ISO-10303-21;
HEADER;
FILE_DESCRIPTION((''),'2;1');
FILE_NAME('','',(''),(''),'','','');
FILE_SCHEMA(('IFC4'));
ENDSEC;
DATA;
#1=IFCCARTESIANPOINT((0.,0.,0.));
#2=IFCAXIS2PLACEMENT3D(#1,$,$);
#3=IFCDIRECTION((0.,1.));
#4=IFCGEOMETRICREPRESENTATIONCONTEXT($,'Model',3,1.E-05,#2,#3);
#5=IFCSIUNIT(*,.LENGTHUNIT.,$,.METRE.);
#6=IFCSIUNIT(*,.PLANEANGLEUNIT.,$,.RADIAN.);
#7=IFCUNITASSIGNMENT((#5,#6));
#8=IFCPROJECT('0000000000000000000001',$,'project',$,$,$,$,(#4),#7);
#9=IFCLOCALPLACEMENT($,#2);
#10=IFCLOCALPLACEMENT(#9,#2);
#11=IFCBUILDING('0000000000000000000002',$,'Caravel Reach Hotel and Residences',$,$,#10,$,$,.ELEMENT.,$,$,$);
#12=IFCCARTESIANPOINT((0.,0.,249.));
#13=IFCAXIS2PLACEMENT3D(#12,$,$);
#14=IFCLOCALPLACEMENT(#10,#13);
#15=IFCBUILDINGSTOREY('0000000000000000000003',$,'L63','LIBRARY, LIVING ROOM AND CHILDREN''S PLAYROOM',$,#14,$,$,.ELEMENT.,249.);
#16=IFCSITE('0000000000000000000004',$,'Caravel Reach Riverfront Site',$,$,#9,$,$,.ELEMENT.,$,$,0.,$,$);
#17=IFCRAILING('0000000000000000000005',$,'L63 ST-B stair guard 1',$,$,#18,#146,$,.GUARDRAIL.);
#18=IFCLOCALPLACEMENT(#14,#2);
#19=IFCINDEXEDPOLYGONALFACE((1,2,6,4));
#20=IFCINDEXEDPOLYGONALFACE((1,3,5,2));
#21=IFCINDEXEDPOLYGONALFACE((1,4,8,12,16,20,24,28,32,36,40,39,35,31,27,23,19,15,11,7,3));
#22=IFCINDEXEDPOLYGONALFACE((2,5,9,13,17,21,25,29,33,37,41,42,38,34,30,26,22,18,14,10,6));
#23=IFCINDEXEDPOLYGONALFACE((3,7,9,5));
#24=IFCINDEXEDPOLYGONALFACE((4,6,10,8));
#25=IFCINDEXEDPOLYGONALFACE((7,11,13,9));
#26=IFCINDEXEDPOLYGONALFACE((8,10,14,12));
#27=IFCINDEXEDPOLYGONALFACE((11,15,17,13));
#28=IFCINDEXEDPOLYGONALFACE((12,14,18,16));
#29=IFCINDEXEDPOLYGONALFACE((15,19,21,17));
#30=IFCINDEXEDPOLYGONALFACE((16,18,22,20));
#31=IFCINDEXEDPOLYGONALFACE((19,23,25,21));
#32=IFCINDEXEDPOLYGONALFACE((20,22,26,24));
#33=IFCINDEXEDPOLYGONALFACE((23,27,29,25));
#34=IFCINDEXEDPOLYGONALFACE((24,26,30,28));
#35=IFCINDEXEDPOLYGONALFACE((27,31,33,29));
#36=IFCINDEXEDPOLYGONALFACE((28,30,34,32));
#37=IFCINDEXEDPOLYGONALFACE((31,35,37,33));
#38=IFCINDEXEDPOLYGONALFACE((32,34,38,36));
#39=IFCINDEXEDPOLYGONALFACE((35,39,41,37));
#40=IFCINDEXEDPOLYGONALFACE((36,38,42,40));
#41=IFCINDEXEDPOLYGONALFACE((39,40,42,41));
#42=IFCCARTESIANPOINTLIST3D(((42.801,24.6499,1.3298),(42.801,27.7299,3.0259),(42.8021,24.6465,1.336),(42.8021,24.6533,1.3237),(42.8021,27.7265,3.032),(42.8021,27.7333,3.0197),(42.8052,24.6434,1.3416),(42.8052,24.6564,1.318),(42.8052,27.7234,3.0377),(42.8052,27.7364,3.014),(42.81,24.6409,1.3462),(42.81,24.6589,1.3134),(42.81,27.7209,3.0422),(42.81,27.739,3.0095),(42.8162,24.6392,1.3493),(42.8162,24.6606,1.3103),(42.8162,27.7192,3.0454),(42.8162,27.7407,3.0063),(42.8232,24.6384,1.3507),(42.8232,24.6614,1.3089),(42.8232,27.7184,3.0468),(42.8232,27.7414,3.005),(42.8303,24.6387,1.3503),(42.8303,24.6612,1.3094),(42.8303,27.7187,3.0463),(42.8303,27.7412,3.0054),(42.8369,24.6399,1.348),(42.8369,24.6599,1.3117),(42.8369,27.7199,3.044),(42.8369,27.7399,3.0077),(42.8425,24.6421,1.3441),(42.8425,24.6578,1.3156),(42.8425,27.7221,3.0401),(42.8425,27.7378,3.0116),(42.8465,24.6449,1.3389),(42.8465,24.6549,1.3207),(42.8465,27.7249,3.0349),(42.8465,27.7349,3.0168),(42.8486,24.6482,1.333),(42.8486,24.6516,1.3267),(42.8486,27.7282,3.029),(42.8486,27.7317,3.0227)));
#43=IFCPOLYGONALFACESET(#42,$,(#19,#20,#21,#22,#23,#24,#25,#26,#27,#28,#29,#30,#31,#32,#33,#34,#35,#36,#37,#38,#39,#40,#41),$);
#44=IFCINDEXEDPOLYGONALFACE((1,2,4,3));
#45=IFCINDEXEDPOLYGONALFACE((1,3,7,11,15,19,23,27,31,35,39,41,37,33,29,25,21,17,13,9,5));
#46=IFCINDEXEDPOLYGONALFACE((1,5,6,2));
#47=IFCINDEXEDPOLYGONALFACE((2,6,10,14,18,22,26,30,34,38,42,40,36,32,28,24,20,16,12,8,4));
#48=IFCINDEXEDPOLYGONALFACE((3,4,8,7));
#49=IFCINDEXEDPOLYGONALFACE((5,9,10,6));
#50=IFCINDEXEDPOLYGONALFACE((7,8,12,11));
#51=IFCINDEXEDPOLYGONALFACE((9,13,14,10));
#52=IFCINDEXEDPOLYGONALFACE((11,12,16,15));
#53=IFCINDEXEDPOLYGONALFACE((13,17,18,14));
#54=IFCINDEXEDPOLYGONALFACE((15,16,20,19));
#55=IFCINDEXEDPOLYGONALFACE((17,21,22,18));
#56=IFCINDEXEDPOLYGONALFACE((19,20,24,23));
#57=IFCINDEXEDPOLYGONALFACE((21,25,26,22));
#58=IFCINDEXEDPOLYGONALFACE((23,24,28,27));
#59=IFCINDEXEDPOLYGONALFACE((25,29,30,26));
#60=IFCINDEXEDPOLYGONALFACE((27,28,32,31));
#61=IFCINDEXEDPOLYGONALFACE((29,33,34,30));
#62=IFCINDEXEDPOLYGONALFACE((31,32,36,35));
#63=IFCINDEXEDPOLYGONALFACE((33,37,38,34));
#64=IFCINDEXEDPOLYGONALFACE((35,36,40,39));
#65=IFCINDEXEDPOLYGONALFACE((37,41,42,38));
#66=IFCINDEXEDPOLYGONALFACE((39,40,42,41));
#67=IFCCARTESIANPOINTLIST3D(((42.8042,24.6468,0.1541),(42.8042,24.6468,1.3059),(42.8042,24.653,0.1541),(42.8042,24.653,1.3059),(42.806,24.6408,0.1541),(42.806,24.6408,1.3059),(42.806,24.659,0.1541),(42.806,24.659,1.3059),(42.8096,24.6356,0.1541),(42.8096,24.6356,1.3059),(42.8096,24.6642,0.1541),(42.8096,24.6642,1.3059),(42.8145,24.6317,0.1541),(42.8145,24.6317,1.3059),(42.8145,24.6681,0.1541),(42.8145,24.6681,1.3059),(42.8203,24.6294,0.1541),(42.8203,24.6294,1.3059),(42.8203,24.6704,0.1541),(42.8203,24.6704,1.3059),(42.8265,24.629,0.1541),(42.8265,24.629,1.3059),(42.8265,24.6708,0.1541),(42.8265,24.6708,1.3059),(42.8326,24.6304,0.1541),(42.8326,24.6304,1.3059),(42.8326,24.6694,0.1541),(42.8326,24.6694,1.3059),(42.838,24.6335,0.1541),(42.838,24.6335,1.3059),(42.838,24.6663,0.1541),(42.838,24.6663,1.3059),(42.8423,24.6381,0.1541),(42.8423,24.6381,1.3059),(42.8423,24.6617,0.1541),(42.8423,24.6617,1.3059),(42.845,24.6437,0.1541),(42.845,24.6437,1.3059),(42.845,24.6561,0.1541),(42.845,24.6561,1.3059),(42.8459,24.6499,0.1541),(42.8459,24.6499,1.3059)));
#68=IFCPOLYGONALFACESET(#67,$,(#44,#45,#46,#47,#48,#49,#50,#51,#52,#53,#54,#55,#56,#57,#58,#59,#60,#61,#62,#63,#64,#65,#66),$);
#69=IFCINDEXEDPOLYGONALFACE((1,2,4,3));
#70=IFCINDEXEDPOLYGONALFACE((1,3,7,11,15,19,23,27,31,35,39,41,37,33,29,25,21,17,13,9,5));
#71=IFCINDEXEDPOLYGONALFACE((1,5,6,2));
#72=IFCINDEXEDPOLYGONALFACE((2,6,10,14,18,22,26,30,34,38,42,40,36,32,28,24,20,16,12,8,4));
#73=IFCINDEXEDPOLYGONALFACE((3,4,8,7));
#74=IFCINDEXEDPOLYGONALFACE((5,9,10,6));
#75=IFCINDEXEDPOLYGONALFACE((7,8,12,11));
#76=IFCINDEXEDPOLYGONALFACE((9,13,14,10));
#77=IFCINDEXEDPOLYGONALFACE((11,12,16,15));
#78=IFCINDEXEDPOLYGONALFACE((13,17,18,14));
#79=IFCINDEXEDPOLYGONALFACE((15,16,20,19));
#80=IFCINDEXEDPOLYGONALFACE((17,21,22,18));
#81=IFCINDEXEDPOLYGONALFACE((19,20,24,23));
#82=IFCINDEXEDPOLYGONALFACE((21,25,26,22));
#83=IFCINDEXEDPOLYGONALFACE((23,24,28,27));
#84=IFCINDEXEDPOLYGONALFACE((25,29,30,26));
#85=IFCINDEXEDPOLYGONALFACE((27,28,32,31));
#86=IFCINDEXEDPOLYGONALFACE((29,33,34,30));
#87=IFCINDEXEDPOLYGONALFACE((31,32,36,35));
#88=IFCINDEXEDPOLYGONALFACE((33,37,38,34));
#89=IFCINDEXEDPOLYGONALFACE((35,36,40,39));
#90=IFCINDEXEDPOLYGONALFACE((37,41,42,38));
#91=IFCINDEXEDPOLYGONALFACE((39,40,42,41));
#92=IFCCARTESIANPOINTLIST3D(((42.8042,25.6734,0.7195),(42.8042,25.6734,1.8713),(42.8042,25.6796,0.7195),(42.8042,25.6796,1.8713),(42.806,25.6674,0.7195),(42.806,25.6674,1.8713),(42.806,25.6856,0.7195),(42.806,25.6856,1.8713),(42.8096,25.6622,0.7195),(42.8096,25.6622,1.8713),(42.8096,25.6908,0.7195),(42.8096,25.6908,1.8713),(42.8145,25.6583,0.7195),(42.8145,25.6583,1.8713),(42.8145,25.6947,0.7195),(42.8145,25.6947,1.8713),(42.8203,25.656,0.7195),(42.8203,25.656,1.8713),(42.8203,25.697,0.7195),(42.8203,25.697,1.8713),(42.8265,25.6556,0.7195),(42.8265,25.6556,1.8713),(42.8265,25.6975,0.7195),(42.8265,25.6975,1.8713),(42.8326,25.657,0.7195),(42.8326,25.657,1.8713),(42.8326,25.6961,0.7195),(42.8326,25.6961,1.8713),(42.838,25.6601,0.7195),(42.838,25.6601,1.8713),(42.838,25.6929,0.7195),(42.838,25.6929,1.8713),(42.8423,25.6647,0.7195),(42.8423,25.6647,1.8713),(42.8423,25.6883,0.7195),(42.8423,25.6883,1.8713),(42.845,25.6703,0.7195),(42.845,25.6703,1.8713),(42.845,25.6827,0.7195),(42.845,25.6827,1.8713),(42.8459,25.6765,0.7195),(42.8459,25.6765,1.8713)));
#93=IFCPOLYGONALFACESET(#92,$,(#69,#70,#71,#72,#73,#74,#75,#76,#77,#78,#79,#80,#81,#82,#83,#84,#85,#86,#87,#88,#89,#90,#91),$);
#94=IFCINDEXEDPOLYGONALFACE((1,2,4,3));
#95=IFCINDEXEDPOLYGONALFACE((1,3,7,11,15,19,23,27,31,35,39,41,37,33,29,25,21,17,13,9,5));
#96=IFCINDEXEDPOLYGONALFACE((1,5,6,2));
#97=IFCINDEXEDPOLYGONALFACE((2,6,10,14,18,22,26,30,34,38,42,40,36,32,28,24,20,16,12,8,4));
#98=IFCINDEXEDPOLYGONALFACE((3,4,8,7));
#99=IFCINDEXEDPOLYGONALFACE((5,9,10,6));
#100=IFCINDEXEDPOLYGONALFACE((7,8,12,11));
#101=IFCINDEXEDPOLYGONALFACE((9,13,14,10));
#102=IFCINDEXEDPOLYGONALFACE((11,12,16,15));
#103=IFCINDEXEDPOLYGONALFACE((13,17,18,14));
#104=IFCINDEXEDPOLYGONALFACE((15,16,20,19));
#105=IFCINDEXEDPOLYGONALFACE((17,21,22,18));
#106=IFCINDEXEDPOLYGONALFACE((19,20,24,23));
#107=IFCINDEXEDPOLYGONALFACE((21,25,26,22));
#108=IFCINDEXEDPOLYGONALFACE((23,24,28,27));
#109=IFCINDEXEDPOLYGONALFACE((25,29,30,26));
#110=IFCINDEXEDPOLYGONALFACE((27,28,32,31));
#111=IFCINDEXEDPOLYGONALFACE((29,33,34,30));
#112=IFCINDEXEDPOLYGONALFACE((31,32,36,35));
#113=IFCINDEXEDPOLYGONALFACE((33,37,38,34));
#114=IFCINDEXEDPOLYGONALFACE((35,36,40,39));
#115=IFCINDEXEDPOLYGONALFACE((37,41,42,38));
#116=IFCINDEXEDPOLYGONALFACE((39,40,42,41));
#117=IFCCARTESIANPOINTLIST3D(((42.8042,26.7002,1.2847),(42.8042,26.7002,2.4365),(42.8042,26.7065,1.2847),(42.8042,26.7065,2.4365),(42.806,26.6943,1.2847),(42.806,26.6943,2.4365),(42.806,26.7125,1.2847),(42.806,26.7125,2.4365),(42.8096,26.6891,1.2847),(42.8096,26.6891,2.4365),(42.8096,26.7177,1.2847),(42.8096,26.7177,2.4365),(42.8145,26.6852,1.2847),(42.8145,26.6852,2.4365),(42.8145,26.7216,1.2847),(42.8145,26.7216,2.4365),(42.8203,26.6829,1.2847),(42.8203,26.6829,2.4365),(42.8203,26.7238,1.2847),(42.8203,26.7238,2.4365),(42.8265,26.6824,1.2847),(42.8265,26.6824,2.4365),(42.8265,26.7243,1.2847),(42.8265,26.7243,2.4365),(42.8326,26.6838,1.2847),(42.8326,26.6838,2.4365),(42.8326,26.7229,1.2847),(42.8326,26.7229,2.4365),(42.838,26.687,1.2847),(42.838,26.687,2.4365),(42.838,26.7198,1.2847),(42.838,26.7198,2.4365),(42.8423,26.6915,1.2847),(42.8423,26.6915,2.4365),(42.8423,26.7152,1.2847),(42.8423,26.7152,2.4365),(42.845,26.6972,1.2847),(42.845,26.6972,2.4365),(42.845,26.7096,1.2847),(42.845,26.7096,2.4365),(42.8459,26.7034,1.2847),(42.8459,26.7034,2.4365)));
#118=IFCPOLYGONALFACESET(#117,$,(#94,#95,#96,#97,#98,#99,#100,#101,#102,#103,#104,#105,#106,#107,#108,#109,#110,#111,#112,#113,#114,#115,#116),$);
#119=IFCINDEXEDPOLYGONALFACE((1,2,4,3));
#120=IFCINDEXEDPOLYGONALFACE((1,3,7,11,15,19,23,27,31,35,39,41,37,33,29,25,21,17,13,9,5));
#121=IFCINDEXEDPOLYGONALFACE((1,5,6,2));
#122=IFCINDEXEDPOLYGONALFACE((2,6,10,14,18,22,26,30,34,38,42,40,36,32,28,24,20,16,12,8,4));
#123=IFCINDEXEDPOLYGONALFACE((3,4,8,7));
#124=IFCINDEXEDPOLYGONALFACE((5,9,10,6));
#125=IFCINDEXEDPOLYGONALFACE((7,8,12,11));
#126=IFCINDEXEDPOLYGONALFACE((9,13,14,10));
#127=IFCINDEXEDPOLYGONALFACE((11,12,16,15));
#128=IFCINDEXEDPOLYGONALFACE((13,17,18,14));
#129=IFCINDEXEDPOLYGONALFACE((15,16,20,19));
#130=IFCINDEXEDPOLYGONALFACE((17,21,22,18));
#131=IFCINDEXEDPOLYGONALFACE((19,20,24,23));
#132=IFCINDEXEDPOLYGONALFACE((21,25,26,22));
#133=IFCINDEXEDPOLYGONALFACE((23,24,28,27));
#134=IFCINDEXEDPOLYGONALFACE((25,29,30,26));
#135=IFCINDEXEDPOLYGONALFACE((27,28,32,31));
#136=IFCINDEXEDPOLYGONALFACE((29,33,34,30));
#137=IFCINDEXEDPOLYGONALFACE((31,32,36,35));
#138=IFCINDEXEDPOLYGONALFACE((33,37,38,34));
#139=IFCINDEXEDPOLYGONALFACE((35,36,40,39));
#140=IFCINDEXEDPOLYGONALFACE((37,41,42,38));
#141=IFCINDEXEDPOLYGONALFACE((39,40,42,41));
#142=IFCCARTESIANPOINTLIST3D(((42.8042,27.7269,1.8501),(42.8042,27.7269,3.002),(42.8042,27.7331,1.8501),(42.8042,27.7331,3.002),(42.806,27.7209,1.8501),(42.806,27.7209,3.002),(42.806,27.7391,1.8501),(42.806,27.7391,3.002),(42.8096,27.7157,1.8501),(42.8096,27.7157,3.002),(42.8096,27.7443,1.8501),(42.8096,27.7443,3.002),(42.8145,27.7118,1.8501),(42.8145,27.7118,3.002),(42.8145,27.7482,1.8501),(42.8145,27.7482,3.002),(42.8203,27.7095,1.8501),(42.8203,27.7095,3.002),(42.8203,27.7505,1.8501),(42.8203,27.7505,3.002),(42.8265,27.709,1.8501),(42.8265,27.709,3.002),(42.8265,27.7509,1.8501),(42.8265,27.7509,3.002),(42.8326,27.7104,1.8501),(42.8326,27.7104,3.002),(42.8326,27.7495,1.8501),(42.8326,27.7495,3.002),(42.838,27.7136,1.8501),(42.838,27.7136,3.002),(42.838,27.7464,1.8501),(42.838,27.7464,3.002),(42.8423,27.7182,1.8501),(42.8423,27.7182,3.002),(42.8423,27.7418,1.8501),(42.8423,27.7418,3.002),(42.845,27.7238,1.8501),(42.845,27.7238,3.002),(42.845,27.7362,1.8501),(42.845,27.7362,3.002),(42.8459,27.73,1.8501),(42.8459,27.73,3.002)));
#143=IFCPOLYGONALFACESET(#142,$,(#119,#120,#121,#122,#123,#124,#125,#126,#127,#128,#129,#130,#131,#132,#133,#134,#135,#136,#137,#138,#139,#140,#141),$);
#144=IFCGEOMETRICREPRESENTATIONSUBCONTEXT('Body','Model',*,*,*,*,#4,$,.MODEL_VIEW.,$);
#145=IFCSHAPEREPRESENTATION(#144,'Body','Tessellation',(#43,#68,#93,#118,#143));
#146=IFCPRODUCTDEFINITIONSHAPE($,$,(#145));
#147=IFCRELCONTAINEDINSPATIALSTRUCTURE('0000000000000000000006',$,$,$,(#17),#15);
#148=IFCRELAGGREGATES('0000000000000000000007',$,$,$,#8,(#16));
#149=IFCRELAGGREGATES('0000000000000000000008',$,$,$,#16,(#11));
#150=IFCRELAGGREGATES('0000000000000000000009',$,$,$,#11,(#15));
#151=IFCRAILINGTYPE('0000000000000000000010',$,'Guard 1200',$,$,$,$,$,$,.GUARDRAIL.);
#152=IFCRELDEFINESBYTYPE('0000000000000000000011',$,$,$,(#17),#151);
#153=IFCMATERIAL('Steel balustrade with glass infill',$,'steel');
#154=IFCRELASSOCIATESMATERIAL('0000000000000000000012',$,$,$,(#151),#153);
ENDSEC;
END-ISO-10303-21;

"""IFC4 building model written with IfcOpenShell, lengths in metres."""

from ifc_helpers import new_model, si_unit, direction, frame, origin, origin_2d, place, context, subcontext, project, spatial, circle, extrude, material, type_object, element, save


model = new_model("IFC4")

# Units and contexts
model_context = context("Model", 3, precision=1e-05, world=origin(), true_north=direction((0.0, 1.0)))
body_context = subcontext(model_context, "Body", "Model", "MODEL_VIEW")
ifc_project = project(units=[si_unit("LENGTHUNIT", "METRE"), si_unit("PLANEANGLEUNIT", "RADIAN")], contexts=[model_context])

# Site, building, storey
site_placement = place(None, origin())
site = spatial("IfcSite", under=ifc_project, at=site_placement, Name="Caravel Reach Riverfront Site", CompositionType="ELEMENT", RefElevation=0.0)
building_placement = place(site_placement, origin())
building = spatial("IfcBuilding", under=site, at=building_placement, Name="Caravel Reach Hotel and Residences", CompositionType="ELEMENT")
storey_placement = place(building_placement, frame((0.0, 0.0, 249.0)))
storey = spatial("IfcBuildingStorey", under=building, at=storey_placement, Name="L63", Description="LIBRARY, LIVING ROOM AND CHILDREN'S PLAYROOM", CompositionType="ELEMENT", Elevation=249.0)

# Railing
ifc_material_1 = material(Name="Steel balustrade with glass infill", Category="steel")
railing_type_1 = type_object("IfcRailingType", Name="Guard 1200", PredefinedType="GUARDRAIL", material=ifc_material_1)
railing_1_placement = place(storey_placement, frame((42.825, 24.6499, 0.1541)))
element("IfcRailing", 1, at=railing_1_placement, inside=storey, type_object=railing_type_1, Name="L63 ST-B stair guard 1", PredefinedType="GUARDRAIL", context=body_context, shape_type="SweptSolid", body=[
    extrude(circle(Radius=0.0239, at=origin_2d()), frame((0.0, 0.0, 1.1758), z_axis=(0.0, 0.875975, 0.482356), x_axis=(-1.0, 0.0, 0.0)), (0.0, 0.0, 1.0), 3.5161),
    extrude(circle(Radius=0.021, at=origin_2d()), origin(), (0.0, 0.0, 1.0), 1.1519),
    extrude(circle(Radius=0.021, at=origin_2d()), frame((0.0, 1.0266, 0.5654)), (0.0, 0.0, 1.0), 1.1519),
    extrude(circle(Radius=0.021, at=origin_2d()), frame((0.0, 2.0535, 1.1306)), (0.0, 0.0, 1.0), 1.1519),
    extrude(circle(Radius=0.021, at=origin_2d()), frame((0.0, 3.0801, 1.696)), (0.0, 0.0, 1.0), 1.1519),
])

save(model, "model.ifc")
